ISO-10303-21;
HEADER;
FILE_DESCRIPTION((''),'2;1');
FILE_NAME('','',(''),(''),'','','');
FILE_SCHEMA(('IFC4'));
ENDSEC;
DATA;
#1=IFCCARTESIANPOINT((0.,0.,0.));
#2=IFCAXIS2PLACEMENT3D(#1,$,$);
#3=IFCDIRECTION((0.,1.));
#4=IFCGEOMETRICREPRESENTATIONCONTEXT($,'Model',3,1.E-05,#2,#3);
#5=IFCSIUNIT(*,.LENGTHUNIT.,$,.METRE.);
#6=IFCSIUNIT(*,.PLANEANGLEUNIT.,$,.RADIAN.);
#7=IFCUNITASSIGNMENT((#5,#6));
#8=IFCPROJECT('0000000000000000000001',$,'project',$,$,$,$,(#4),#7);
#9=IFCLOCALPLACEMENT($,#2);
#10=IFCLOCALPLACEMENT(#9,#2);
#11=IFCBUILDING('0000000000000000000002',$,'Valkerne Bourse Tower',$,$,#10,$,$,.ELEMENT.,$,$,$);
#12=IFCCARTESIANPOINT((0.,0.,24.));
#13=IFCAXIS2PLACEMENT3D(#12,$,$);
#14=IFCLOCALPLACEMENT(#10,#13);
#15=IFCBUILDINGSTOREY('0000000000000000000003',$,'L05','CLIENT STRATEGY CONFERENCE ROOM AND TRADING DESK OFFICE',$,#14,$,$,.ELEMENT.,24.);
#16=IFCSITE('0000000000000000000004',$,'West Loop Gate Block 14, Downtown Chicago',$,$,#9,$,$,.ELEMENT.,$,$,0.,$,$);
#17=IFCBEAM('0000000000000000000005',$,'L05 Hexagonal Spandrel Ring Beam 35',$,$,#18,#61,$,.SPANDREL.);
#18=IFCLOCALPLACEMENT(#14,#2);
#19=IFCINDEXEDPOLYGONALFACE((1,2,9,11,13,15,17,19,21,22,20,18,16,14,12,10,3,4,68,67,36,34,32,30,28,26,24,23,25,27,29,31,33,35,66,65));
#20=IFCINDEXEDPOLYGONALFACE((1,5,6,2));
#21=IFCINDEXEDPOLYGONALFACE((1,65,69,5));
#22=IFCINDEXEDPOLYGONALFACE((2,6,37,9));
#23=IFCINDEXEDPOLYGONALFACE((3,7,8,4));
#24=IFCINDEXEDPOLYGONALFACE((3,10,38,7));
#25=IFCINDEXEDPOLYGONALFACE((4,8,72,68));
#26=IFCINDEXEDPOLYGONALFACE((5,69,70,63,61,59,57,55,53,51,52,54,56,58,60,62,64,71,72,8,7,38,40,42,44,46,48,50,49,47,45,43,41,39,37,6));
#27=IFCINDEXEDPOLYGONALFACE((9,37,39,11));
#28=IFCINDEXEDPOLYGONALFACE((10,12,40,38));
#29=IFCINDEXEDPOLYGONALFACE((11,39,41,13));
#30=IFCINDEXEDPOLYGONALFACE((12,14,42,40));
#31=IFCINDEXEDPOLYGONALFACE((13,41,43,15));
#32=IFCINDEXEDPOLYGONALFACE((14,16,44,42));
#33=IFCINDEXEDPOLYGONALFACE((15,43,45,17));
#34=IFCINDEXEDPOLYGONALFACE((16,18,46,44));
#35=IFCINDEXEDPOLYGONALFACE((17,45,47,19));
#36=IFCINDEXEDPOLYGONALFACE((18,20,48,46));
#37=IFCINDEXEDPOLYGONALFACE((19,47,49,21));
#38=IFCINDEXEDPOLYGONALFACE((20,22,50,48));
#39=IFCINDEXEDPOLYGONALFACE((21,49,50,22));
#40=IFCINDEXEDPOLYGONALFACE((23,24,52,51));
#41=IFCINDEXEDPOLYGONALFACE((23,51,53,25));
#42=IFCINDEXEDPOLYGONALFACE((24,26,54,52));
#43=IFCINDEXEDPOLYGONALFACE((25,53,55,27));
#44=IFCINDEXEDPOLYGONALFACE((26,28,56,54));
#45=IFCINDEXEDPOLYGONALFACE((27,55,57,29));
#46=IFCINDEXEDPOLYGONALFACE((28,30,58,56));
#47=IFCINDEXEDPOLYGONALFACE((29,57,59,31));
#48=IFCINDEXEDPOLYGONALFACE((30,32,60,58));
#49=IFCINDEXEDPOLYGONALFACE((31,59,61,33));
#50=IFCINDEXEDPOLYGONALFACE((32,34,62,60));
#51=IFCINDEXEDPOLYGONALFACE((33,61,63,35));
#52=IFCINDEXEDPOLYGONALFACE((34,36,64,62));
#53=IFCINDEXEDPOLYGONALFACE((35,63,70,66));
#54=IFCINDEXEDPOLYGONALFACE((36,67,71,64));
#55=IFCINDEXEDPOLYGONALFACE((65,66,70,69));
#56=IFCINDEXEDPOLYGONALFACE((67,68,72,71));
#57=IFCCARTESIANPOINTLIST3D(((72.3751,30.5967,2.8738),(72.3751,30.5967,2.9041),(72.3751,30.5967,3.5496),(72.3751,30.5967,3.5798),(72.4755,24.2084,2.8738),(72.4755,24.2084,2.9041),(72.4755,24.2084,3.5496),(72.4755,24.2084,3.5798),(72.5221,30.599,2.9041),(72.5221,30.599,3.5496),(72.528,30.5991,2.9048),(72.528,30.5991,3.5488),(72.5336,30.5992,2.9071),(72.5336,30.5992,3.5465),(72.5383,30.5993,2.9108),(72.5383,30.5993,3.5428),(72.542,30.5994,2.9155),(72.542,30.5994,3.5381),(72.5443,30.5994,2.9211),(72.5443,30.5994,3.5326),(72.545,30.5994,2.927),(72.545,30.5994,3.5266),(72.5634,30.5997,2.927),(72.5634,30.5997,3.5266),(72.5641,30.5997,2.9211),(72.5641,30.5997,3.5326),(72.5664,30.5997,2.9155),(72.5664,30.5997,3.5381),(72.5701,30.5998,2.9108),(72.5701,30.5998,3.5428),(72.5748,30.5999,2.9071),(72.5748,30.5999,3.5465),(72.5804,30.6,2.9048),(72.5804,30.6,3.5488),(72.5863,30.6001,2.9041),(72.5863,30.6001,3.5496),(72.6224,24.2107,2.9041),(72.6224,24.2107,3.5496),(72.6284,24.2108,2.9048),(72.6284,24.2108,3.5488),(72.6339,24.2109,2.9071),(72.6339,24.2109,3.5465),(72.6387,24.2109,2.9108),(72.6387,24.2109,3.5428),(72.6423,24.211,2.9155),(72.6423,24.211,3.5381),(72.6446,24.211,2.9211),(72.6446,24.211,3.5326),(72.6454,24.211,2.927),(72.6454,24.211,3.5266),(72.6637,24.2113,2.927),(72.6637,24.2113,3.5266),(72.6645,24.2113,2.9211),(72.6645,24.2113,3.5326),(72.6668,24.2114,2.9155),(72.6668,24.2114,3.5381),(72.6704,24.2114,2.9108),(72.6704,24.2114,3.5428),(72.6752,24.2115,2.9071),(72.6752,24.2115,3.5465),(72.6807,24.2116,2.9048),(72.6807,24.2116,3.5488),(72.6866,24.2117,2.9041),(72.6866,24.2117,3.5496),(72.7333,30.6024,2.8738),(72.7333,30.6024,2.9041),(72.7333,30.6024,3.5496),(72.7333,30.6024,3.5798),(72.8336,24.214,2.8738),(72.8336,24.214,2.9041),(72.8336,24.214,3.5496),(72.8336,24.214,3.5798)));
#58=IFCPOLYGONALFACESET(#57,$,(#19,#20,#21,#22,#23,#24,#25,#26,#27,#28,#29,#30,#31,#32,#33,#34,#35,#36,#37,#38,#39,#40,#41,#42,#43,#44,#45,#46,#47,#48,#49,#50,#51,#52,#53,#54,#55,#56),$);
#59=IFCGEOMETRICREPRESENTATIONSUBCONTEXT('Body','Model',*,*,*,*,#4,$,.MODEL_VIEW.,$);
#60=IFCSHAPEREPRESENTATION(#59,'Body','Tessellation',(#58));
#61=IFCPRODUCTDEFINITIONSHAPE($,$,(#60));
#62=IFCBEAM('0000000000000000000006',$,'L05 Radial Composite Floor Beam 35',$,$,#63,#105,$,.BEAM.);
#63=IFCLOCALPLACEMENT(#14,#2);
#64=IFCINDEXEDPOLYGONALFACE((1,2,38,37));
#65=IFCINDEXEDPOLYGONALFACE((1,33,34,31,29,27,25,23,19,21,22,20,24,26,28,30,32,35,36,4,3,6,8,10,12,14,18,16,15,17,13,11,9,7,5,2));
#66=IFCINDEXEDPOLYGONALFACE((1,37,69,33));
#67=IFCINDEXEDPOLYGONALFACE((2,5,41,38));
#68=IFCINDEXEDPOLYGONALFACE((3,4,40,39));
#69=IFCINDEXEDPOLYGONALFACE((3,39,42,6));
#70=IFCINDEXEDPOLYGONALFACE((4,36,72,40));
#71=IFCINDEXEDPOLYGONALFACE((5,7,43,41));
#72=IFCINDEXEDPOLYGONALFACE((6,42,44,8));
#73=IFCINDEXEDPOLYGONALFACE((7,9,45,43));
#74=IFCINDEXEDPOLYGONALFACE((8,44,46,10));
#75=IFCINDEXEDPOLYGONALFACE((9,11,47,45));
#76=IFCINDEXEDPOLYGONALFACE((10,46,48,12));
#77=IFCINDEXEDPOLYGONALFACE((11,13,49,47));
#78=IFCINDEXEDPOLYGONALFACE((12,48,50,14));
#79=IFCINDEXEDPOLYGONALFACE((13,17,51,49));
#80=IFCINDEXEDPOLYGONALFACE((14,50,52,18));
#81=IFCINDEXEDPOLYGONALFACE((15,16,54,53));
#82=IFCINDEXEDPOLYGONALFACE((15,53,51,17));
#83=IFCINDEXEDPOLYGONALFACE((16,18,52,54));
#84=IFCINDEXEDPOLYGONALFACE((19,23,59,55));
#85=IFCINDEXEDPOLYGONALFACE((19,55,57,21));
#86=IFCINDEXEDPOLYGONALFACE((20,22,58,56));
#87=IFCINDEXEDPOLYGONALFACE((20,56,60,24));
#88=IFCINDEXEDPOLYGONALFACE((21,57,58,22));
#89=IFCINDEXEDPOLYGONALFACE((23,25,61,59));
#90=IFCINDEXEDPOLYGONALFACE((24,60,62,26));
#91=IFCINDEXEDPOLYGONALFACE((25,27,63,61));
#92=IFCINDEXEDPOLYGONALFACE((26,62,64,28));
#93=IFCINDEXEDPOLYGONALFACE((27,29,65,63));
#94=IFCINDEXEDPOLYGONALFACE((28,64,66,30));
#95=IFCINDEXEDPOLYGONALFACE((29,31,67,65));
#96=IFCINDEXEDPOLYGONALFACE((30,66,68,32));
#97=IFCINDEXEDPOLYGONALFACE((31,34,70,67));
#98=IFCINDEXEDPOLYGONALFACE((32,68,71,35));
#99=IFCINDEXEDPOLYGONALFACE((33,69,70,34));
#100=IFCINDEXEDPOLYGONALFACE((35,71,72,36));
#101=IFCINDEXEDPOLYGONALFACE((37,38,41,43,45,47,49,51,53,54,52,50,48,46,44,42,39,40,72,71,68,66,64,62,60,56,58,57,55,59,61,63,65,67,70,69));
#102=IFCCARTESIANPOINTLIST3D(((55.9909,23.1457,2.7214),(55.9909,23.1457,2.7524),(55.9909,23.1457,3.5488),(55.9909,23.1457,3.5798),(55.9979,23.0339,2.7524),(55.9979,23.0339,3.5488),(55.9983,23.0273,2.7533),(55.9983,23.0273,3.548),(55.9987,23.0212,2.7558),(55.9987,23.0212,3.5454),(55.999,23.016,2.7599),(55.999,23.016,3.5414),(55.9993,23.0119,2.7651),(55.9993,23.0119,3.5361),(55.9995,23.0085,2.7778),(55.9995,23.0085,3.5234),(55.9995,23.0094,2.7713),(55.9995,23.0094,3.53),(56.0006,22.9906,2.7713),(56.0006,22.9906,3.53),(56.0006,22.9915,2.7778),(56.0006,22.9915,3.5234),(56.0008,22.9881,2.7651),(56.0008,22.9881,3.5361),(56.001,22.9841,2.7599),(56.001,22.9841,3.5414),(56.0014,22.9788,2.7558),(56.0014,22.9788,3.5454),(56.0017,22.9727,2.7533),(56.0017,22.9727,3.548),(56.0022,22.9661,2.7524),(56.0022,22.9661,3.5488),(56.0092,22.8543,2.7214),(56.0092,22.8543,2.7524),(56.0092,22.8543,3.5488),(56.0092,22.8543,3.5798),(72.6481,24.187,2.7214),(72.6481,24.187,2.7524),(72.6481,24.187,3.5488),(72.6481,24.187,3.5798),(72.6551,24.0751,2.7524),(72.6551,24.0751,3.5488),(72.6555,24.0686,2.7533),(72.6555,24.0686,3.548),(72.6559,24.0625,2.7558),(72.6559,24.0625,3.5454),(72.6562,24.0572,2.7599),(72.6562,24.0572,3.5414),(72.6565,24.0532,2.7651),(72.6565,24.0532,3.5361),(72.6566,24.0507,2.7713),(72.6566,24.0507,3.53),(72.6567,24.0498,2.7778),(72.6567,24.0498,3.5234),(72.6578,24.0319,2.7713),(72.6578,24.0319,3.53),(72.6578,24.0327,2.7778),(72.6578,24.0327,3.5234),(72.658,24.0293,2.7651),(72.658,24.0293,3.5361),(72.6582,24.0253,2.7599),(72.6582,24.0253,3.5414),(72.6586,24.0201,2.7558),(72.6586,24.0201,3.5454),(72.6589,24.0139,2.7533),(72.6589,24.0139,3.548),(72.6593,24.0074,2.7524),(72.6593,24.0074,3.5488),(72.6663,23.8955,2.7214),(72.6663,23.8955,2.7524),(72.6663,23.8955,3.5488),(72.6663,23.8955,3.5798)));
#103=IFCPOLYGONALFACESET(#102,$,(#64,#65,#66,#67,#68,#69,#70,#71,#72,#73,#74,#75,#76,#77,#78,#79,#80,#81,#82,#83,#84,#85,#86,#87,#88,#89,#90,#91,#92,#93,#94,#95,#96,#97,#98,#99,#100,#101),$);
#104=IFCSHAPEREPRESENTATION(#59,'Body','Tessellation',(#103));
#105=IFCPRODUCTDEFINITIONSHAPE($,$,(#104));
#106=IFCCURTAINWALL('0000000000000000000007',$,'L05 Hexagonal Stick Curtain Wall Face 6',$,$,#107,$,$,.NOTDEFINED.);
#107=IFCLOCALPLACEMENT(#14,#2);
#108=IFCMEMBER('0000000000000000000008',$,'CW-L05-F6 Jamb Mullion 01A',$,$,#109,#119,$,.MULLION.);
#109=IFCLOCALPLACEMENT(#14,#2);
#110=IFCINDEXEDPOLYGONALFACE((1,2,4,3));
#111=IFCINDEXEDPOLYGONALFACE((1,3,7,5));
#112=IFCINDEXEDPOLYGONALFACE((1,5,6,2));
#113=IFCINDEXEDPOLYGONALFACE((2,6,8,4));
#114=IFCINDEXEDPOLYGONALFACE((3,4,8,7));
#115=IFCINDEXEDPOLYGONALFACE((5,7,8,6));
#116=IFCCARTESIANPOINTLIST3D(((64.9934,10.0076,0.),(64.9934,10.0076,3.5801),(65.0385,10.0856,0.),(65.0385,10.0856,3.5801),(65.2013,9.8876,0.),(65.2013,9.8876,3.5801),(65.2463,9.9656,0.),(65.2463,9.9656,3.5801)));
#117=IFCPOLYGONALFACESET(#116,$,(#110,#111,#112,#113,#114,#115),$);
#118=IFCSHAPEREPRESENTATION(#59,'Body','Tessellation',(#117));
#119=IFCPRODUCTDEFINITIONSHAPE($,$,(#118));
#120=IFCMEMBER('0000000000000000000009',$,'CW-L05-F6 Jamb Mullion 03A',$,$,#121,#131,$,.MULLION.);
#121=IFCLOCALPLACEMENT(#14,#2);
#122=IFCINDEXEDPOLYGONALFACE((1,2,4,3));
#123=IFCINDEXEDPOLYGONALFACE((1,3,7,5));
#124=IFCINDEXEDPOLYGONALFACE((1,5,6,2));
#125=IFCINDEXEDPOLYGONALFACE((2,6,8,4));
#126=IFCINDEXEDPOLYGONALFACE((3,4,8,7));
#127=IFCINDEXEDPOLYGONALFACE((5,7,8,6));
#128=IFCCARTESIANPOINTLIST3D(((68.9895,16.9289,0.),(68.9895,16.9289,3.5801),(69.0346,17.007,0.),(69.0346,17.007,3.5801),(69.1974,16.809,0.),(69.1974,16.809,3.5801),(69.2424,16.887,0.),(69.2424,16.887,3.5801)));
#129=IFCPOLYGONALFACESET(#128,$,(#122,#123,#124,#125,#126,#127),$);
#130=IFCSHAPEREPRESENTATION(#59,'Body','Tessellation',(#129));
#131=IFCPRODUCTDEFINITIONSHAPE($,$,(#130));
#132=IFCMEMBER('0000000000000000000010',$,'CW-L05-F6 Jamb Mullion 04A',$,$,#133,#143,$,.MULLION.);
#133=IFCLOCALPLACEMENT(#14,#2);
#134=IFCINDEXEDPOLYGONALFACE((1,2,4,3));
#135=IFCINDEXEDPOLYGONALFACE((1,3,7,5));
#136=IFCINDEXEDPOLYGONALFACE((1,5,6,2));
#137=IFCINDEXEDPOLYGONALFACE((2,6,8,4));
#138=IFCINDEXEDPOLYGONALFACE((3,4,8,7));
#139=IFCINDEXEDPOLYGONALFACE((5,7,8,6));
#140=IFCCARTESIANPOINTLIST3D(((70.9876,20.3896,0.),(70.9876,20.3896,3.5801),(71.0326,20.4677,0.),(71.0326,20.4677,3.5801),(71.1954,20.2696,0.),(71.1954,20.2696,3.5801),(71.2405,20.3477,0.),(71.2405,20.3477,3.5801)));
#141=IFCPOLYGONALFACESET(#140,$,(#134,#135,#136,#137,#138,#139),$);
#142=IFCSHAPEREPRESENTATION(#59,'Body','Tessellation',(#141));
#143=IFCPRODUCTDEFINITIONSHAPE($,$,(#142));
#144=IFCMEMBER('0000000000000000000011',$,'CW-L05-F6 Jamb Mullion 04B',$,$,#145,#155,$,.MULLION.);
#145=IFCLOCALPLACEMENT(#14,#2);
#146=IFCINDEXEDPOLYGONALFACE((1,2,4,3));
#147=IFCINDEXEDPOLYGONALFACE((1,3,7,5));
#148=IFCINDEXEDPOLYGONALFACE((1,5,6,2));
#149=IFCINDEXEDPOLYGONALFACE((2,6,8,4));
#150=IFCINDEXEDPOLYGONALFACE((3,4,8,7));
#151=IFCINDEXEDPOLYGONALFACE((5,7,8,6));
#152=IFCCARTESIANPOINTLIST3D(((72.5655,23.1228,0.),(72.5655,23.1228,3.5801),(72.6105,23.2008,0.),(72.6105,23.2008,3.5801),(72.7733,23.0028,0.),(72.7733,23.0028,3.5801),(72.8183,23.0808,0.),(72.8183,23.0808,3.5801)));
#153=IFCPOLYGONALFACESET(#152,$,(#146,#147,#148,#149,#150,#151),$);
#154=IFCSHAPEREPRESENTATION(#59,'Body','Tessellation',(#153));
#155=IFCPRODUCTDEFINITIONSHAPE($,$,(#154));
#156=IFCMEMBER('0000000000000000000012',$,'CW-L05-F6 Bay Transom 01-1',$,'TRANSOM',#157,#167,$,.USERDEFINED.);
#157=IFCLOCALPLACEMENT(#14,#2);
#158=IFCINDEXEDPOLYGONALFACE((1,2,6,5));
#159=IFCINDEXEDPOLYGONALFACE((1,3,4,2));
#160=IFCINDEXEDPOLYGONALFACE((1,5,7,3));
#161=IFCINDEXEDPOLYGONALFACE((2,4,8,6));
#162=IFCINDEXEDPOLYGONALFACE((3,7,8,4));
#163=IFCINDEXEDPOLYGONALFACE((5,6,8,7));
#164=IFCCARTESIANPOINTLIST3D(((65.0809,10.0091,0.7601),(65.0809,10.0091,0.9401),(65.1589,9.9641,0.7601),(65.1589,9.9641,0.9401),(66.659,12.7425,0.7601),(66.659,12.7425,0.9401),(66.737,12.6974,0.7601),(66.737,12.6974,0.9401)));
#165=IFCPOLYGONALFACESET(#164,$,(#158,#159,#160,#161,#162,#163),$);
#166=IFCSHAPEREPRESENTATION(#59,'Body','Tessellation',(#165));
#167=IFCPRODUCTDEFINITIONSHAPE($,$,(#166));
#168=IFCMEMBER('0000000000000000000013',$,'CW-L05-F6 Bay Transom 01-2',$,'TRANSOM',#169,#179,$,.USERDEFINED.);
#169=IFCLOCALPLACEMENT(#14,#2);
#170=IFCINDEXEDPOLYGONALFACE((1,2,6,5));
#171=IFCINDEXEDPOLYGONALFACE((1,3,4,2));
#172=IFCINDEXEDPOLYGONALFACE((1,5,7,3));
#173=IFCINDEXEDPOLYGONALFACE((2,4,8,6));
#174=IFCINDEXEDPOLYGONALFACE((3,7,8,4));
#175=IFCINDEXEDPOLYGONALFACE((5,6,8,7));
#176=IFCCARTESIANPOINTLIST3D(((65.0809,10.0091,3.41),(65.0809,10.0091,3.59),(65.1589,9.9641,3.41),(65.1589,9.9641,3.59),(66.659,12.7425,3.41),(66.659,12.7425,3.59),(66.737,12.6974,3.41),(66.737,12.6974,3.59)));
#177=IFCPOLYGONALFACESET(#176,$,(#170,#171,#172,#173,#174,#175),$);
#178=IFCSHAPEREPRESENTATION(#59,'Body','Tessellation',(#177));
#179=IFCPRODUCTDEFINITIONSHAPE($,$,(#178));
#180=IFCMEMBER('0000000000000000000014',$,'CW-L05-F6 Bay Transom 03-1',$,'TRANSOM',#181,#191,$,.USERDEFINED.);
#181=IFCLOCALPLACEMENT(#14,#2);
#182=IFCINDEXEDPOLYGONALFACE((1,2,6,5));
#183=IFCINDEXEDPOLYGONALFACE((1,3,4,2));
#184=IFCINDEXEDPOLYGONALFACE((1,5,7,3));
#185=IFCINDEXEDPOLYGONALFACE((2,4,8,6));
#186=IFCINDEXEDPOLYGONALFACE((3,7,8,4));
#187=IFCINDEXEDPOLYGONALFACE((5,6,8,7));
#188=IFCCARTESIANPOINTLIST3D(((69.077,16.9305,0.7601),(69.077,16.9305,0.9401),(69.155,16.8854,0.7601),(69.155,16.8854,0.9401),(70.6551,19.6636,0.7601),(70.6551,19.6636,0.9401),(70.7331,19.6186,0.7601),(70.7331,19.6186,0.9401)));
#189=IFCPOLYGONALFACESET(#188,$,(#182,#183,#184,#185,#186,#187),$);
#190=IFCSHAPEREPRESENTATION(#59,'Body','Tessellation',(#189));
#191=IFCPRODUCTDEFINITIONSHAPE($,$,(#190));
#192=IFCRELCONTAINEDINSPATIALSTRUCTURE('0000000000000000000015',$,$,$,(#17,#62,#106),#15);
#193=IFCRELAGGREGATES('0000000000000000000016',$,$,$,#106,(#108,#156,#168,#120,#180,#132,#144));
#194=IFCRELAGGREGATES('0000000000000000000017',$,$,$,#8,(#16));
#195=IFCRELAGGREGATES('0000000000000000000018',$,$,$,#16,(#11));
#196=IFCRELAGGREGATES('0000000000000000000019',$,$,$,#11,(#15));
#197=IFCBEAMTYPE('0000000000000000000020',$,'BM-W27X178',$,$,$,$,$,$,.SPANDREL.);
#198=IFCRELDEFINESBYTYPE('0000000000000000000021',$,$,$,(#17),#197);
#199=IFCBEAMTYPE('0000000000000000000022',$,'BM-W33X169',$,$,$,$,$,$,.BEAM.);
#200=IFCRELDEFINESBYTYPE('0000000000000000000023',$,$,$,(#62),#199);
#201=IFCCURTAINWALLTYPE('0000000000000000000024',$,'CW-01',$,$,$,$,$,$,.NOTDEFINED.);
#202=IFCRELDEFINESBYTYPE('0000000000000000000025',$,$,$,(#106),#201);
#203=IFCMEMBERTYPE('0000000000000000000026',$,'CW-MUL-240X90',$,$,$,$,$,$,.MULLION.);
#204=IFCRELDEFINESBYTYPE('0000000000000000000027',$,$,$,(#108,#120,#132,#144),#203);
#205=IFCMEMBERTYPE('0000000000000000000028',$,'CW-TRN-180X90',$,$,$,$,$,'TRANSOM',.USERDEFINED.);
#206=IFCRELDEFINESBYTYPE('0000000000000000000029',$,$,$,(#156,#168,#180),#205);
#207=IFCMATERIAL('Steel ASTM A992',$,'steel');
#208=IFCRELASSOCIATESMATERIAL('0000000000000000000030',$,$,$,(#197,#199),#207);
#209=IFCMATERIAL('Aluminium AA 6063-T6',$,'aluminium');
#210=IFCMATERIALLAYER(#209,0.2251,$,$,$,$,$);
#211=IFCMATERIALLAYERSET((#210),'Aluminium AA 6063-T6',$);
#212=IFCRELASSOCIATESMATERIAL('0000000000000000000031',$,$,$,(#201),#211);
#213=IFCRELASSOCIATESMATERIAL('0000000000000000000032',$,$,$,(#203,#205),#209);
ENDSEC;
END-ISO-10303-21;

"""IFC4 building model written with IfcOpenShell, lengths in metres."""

from ifc_helpers import new_model, si_unit, direction, frame, origin, origin_2d, place, context, subcontext, project, spatial, rectangle, i_section, extrude, material, layer, layer_set, material_profile, profile_set, type_object, element, aggregate, save


model = new_model("IFC4")

# Units and contexts
model_context = context("Model", 3, precision=1e-05, world=origin(), true_north=direction((0.0, 1.0)))
body_context = subcontext(model_context, "Body", "Model", "MODEL_VIEW")
ifc_project = project(units=[si_unit("LENGTHUNIT", "METRE"), si_unit("PLANEANGLEUNIT", "RADIAN")], contexts=[model_context])

# Site, building, storey
site_placement = place(None, origin())
site = spatial("IfcSite", under=ifc_project, at=site_placement, Name="West Loop Gate Block 14, Downtown Chicago", CompositionType="ELEMENT", RefElevation=0.0)
building_placement = place(site_placement, origin())
building = spatial("IfcBuilding", under=site, at=building_placement, Name="Valkerne Bourse Tower", CompositionType="ELEMENT")
storey_placement = place(building_placement, frame((0.0, 0.0, 24.0)))
storey = spatial("IfcBuildingStorey", under=building, at=storey_placement, Name="L05", Description="CLIENT STRATEGY CONFERENCE ROOM AND TRADING DESK OFFICE", CompositionType="ELEMENT", Elevation=24.0)

# Beams
ifc_material_1 = material(Name="Steel ASTM A992", Category="steel")
ifc_material_profile_1 = material_profile(ifc_material_1, i_section(OverallWidth=0.3582, OverallDepth=0.7061, WebThickness=0.0183, FlangeThickness=0.0303, FilletRadius=0.0229, at=origin_2d()), Name="W27X178")
ifc_profile_set_1 = profile_set([ifc_material_profile_1], Name="Steel ASTM A992")
beam_type_1 = type_object("IfcBeamType", Name="BM-W27X178", PredefinedType="SPANDREL", material=ifc_profile_set_1)
beam_1_placement = place(storey_placement, frame((72.6545, 24.2112, 3.2268), z_axis=(-0.015705, 0.999877, 0.0), x_axis=(-0.999877, -0.015705, 0.0)))
element("IfcBeam", 1, at=beam_1_placement, inside=storey, type_object=beam_type_1, Name="L05 Hexagonal Spandrel Ring Beam 35", PredefinedType="SPANDREL", context=body_context, shape_type="SweptSolid", body=[
    extrude(i_section(OverallWidth=0.3582, OverallDepth=0.7061, WebThickness=0.0183, FlangeThickness=0.0303, FilletRadius=0.0229, at=origin_2d()), origin(), (0.0, 0.0, 1.0), 6.3892),
])
ifc_material_profile_2 = material_profile(ifc_material_1, i_section(OverallWidth=0.292, OverallDepth=0.8584, WebThickness=0.0171, FlangeThickness=0.031, FilletRadius=0.0254, at=origin_2d()), Name="W33X169")
ifc_profile_set_2 = profile_set([ifc_material_profile_2], Name="Steel ASTM A992")
beam_type_2 = type_object("IfcBeamType", Name="BM-W33X169", PredefinedType="BEAM", material=ifc_profile_set_2)
beam_2_placement = place(storey_placement, frame((72.6572, 24.0413, 3.1506), z_axis=(-0.998052, -0.062389, 0.0), x_axis=(0.062389, -0.998052, 0.0)))
element("IfcBeam", 2, at=beam_2_placement, inside=storey, type_object=beam_type_2, Name="L05 Radial Composite Floor Beam 35", PredefinedType="BEAM", context=body_context, shape_type="SweptSolid", body=[
    extrude(i_section(OverallWidth=0.292, OverallDepth=0.8584, WebThickness=0.0171, FlangeThickness=0.031, FilletRadius=0.0254, at=origin_2d()), origin(), (0.0, 0.0, 1.0), 16.6897),
])

# Curtain wall, members
ifc_material_2 = material(Name="Aluminium AA 6063-T6", Category="aluminium")
ifc_layer_1 = layer(ifc_material_2, 0.2251)
ifc_layer_set_1 = layer_set([ifc_layer_1], Name="Aluminium AA 6063-T6")
curtain_wall_type = type_object("IfcCurtainWallType", Name="CW-01", PredefinedType="NOTDEFINED", material=ifc_layer_set_1)
curtain_wall_placement = place(storey_placement, origin())
curtain_wall = element("IfcCurtainWall", 3, at=curtain_wall_placement, inside=storey, type_object=curtain_wall_type, Name="L05 Hexagonal Stick Curtain Wall Face 6", PredefinedType="NOTDEFINED")
ifc_material_profile_3 = material_profile(ifc_material_2, rectangle(XDim=0.0901, YDim=0.24, at=origin_2d()), Name="CWM-90X240")
ifc_profile_set_3 = profile_set([ifc_material_profile_3], Name="Aluminium AA 6063-T6")
member_type_1 = type_object("IfcMemberType", Name="CW-MUL-240X90", PredefinedType="MULLION", material=ifc_profile_set_3)
member_1_placement = place(storey_placement, frame((65.1199, 9.9866, 0.0), z_axis=(0.0, 0.0, 1.0), x_axis=(0.499993, 0.866029, 0.0)))
member_1 = element("IfcMember", 4, at=member_1_placement, type_object=member_type_1, Name="CW-L05-F6 Jamb Mullion 01A", PredefinedType="MULLION", context=body_context, shape_type="SweptSolid", body=[
    extrude(rectangle(XDim=0.0901, YDim=0.24, at=origin_2d()), origin(), (0.0, 0.0, 1.0), 3.5801),
])
member_2_placement = place(storey_placement, frame((69.116, 16.908, 0.0), z_axis=(0.0, 0.0, 1.0), x_axis=(0.499993, 0.866029, 0.0)))
member_2 = element("IfcMember", 5, at=member_2_placement, type_object=member_type_1, Name="CW-L05-F6 Jamb Mullion 03A", PredefinedType="MULLION", context=body_context, shape_type="SweptSolid", body=[
    extrude(rectangle(XDim=0.0901, YDim=0.24, at=origin_2d()), origin(), (0.0, 0.0, 1.0), 3.5801),
])
member_3_placement = place(storey_placement, frame((71.114, 20.3687, 0.0), z_axis=(0.0, 0.0, 1.0), x_axis=(0.500004, 0.866023, 0.0)))
member_3 = element("IfcMember", 6, at=member_3_placement, type_object=member_type_1, Name="CW-L05-F6 Jamb Mullion 04A", PredefinedType="MULLION", context=body_context, shape_type="SweptSolid", body=[
    extrude(rectangle(XDim=0.0901, YDim=0.24, at=origin_2d()), origin(), (0.0, 0.0, 1.0), 3.5801),
])
member_4_placement = place(storey_placement, frame((72.6919, 23.1018, 0.0), z_axis=(0.0, 0.0, 1.0), x_axis=(0.500004, 0.866023, 0.0)))
member_4 = element("IfcMember", 7, at=member_4_placement, type_object=member_type_1, Name="CW-L05-F6 Jamb Mullion 04B", PredefinedType="MULLION", context=body_context, shape_type="SweptSolid", body=[
    extrude(rectangle(XDim=0.0901, YDim=0.24, at=origin_2d()), origin(), (0.0, 0.0, 1.0), 3.5801),
])
ifc_material_profile_4 = material_profile(ifc_material_2, rectangle(XDim=0.0901, YDim=0.1799, at=origin_2d()), Name="CWT-90X180")
ifc_profile_set_4 = profile_set([ifc_material_profile_4], Name="Aluminium AA 6063-T6")
member_type_2 = type_object("IfcMemberType", Name="CW-TRN-180X90", ElementType="TRANSOM", PredefinedType="USERDEFINED", material=ifc_profile_set_4)
member_5_placement = place(storey_placement, frame((65.1199, 9.9866, 0.8501), z_axis=(0.499999, 0.866026, 0.0), x_axis=(-0.866026, 0.499999, 0.0)))
member_5 = element("IfcMember", 8, at=member_5_placement, type_object=member_type_2, Name="CW-L05-F6 Bay Transom 01-1", ObjectType="TRANSOM", PredefinedType="USERDEFINED", context=body_context, shape_type="SweptSolid", body=[
    extrude(rectangle(XDim=0.0901, YDim=0.1799, at=origin_2d()), origin(), (0.0, 0.0, 1.0), 3.1562),
])
member_6_placement = place(storey_placement, frame((65.1199, 9.9866, 3.5), z_axis=(0.499999, 0.866026, 0.0), x_axis=(-0.866026, 0.499999, 0.0)))
member_6 = element("IfcMember", 9, at=member_6_placement, type_object=member_type_2, Name="CW-L05-F6 Bay Transom 01-2", ObjectType="TRANSOM", PredefinedType="USERDEFINED", context=body_context, shape_type="SweptSolid", body=[
    extrude(rectangle(XDim=0.0901, YDim=0.1799, at=origin_2d()), origin(), (0.0, 0.0, 1.0), 3.1562),
])
member_7_placement = place(storey_placement, frame((69.116, 16.908, 0.8501), z_axis=(0.500033, 0.866007, 0.0), x_axis=(-0.866007, 0.500033, 0.0)))
member_7 = element("IfcMember", 10, at=member_7_placement, type_object=member_type_2, Name="CW-L05-F6 Bay Transom 03-1", ObjectType="TRANSOM", PredefinedType="USERDEFINED", context=body_context, shape_type="SweptSolid", body=[
    extrude(rectangle(XDim=0.0901, YDim=0.1799, at=origin_2d()), origin(), (0.0, 0.0, 1.0), 3.156),
])

aggregate(curtain_wall, [member_1, member_5, member_6, member_2, member_7, member_3, member_4])

save(model, "model.ifc")
